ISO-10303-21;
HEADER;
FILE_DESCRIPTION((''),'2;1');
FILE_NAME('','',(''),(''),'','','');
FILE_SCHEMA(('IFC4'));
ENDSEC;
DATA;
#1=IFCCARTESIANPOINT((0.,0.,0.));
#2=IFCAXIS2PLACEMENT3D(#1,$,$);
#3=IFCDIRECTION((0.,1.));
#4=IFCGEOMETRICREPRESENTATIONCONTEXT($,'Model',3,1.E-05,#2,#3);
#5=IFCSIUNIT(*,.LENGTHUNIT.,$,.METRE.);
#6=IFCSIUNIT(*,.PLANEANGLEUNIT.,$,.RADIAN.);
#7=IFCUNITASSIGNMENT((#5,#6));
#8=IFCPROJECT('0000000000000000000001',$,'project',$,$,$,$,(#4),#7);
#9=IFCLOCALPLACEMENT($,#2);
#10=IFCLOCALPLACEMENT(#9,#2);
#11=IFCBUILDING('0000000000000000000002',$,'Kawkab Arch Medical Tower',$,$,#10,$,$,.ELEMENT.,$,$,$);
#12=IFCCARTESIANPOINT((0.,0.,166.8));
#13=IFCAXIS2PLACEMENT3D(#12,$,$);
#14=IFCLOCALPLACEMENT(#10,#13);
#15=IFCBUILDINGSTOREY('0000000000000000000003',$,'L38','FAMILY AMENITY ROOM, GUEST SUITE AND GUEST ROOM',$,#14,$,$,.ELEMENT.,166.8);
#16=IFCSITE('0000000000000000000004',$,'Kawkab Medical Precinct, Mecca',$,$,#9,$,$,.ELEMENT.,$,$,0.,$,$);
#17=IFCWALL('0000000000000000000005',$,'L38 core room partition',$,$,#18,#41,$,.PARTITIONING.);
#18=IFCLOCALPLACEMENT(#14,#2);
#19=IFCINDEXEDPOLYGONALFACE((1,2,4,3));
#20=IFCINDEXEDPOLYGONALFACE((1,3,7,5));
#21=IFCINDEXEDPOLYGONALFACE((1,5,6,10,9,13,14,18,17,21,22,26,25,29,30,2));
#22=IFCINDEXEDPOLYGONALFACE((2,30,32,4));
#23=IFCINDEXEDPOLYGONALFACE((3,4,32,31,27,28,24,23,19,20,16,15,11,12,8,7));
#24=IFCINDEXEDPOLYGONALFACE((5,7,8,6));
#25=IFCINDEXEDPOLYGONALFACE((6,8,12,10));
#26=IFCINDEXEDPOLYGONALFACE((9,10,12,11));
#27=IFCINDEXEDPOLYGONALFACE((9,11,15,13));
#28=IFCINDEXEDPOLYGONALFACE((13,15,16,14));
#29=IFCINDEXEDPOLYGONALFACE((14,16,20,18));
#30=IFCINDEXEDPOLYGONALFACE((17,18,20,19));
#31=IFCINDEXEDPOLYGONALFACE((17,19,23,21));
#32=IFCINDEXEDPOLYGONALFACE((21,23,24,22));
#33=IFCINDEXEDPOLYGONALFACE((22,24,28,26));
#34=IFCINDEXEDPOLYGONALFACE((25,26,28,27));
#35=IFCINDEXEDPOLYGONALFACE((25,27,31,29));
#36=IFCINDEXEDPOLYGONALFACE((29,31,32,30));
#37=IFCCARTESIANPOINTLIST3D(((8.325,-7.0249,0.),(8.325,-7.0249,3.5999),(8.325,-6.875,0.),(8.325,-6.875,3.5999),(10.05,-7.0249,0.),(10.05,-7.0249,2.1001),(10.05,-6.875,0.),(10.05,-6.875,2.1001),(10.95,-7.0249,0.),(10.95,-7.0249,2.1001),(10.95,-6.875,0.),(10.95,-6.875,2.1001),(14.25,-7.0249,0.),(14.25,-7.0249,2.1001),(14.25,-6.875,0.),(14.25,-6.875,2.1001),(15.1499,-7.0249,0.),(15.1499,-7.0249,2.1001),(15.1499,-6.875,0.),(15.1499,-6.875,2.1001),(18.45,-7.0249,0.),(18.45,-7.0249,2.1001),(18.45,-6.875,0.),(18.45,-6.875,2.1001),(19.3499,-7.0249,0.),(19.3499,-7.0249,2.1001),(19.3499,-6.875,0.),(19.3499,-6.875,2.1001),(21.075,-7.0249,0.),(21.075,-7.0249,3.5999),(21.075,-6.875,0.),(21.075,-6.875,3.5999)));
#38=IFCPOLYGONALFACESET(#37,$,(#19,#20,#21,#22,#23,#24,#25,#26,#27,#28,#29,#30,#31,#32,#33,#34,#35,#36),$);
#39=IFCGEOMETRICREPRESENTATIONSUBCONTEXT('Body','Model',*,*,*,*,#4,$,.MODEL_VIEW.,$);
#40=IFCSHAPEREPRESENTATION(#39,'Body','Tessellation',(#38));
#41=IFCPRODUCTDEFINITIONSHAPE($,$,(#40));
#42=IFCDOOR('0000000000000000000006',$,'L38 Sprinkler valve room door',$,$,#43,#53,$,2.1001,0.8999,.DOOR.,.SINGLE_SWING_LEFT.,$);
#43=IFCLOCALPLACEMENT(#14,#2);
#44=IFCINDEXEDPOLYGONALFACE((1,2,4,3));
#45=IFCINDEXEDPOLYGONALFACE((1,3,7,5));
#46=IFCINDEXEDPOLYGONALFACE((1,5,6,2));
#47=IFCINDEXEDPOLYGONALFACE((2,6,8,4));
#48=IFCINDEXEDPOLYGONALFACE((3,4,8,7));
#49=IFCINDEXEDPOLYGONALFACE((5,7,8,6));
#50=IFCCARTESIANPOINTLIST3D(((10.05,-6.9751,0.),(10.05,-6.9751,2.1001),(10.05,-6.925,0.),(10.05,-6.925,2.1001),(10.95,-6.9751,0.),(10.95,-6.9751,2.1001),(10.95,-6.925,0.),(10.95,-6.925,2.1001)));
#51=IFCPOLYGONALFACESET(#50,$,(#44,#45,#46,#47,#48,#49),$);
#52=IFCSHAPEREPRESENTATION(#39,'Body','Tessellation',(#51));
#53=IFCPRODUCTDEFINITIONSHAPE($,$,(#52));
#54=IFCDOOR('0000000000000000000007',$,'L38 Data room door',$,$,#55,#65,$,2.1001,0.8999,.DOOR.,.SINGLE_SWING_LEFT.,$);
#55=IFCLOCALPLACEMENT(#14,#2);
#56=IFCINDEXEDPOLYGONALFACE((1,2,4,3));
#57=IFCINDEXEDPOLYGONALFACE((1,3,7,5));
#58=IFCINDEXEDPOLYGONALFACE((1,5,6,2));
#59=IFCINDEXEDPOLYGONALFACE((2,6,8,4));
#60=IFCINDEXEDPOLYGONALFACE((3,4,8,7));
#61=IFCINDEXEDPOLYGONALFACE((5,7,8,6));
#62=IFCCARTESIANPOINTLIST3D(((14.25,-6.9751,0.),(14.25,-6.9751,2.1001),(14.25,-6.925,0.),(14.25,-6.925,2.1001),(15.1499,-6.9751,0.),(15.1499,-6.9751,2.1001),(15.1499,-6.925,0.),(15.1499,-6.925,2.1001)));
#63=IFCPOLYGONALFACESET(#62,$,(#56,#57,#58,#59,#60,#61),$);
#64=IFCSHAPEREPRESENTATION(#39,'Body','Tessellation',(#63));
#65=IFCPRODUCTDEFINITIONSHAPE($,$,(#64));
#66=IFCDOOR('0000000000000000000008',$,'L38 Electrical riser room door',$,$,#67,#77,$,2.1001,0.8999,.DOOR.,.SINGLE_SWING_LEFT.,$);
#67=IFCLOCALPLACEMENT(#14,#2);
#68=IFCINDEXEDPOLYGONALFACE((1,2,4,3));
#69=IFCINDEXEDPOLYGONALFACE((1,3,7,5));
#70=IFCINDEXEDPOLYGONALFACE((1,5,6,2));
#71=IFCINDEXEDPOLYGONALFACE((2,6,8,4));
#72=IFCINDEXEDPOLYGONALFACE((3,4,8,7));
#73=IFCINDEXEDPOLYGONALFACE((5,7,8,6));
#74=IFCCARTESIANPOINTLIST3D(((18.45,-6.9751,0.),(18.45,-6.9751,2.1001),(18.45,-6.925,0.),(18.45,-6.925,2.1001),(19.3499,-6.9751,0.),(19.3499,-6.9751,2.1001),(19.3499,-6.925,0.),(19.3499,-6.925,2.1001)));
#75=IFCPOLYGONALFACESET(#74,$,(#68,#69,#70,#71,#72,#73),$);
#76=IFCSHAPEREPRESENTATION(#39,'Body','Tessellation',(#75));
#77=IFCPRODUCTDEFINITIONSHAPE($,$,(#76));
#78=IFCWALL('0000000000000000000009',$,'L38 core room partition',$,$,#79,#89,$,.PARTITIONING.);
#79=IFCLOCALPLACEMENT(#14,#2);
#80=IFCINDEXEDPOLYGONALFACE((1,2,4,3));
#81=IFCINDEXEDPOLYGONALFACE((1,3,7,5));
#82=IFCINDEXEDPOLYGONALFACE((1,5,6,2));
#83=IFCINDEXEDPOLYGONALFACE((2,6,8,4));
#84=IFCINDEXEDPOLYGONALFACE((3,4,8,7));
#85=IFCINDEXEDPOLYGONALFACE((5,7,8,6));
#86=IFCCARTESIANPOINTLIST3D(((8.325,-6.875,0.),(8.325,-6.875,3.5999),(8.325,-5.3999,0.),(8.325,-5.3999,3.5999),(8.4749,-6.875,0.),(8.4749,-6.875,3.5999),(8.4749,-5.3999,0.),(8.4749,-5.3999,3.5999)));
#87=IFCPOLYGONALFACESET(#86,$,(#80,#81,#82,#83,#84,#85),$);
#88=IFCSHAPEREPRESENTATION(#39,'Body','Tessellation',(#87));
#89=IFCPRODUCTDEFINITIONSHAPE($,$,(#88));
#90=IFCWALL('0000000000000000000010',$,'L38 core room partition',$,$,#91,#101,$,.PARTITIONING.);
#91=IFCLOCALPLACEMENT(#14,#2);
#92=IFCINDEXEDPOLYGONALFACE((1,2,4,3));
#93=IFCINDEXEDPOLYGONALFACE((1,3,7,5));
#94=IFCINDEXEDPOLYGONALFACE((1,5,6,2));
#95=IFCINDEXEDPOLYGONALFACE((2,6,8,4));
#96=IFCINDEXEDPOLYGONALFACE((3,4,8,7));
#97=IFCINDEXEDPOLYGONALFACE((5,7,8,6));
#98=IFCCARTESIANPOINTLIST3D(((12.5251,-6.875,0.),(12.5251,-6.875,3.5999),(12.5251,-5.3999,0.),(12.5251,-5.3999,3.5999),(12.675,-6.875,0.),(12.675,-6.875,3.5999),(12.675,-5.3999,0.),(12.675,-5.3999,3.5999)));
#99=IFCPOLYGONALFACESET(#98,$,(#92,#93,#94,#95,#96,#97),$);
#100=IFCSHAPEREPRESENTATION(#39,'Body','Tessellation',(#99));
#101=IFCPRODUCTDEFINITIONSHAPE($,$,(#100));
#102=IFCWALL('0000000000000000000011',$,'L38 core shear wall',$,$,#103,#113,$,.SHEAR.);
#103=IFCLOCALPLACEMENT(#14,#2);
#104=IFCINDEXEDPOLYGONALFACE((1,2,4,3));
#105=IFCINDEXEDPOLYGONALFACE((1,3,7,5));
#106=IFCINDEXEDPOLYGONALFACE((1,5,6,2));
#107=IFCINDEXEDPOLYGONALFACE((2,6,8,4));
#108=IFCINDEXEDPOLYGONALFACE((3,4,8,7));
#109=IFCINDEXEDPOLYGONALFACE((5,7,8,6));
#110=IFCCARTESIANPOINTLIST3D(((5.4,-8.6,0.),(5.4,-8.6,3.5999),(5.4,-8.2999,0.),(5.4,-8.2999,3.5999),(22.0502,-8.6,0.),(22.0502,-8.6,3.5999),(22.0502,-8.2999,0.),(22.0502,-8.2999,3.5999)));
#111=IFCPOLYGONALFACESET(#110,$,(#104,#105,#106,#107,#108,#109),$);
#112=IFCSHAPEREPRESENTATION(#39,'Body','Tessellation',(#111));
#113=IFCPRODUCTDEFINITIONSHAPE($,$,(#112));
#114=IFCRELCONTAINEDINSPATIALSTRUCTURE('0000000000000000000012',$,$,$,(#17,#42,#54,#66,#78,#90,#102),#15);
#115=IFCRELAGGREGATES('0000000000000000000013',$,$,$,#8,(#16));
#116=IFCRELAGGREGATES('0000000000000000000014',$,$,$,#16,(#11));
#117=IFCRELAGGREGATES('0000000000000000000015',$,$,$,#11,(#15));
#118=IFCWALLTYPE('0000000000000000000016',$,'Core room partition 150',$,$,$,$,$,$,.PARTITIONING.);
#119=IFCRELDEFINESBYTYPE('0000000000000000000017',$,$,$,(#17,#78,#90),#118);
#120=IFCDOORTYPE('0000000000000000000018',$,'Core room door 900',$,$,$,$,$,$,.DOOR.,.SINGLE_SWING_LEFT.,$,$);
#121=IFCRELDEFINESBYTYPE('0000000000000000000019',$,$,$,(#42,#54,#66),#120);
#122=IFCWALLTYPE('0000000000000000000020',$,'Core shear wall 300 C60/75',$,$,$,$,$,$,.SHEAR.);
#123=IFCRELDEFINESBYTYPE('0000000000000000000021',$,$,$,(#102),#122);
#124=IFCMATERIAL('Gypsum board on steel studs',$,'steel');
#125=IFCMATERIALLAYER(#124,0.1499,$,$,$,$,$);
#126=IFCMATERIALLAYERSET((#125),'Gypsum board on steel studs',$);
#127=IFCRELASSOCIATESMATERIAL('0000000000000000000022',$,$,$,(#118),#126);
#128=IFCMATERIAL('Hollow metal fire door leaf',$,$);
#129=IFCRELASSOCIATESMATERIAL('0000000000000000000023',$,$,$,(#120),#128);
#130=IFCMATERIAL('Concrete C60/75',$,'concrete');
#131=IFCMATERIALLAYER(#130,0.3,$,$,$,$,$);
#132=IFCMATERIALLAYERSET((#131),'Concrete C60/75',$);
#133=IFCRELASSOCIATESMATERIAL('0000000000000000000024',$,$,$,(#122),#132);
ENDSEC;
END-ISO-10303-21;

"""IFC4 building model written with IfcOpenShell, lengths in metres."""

from ifc_helpers import new_model, si_unit, direction, frame, frame_2d, origin, place, context, subcontext, project, spatial, rectangle, extrude, material, layer, layer_set, type_object, element, fill, save


model = new_model("IFC4")

# Units and contexts
model_context = context("Model", 3, precision=1e-05, world=origin(), true_north=direction((0.0, 1.0)))
body_context = subcontext(model_context, "Body", "Model", "MODEL_VIEW")
ifc_project = project(units=[si_unit("LENGTHUNIT", "METRE"), si_unit("PLANEANGLEUNIT", "RADIAN")], contexts=[model_context])

# Site, building, storey
site_placement = place(None, origin())
site = spatial("IfcSite", under=ifc_project, at=site_placement, Name="Kawkab Medical Precinct, Mecca", CompositionType="ELEMENT", RefElevation=0.0)
building_placement = place(site_placement, origin())
building = spatial("IfcBuilding", under=site, at=building_placement, Name="Kawkab Arch Medical Tower", CompositionType="ELEMENT")
storey_placement = place(building_placement, frame((0.0, 0.0, 166.8)))
storey = spatial("IfcBuildingStorey", under=building, at=storey_placement, Name="L38", Description="FAMILY AMENITY ROOM, GUEST SUITE AND GUEST ROOM", CompositionType="ELEMENT", Elevation=166.8)

# Wall, openings, doors
ifc_material_1 = material(Name="Gypsum board on steel studs", Category="steel")
ifc_layer_1 = layer(ifc_material_1, 0.1499)
ifc_layer_set_1 = layer_set([ifc_layer_1], Name="Gypsum board on steel studs")
wall_type_1 = type_object("IfcWallType", Name="Core room partition 150", PredefinedType="PARTITIONING", material=ifc_layer_set_1)
wall_1_placement = place(storey_placement, frame((8.325, -6.95, 0.0), z_axis=(0.0, 0.0, 1.0), x_axis=(1.0, 0.0, 0.0)))
wall_1 = element("IfcWall", 1, at=wall_1_placement, inside=storey, type_object=wall_type_1, Name="L38 core room partition", PredefinedType="PARTITIONING", context=body_context, shape_type="SweptSolid", body=[
    extrude(rectangle(XDim=12.75, YDim=0.1499, at=frame_2d((6.375, 0.0))), origin(), (0.0, 0.0, 1.0), 3.5999),
])
opening_1_placement = place(wall_1_placement, frame((1.7251, 0.0, 0.0)))
opening_1 = element("IfcOpeningElement", 2, at=opening_1_placement, cuts=wall_1, PredefinedType="OPENING", context=body_context, shape_type="SweptSolid", body=[
    extrude(rectangle(XDim=0.8999, YDim=2.1001, at=frame_2d((0.45, 1.05))), frame((0.0, 0.085, 0.0), z_axis=(0.0, -1.0, 0.0), x_axis=(1.0, 0.0, 0.0)), (0.0, 0.0, 1.0), 0.1699),
])
opening_2_placement = place(wall_1_placement, frame((5.925, 0.0, 0.0)))
opening_2 = element("IfcOpeningElement", 3, at=opening_2_placement, cuts=wall_1, PredefinedType="OPENING", context=body_context, shape_type="SweptSolid", body=[
    extrude(rectangle(XDim=0.8999, YDim=2.1001, at=frame_2d((0.45, 1.05))), frame((0.0, 0.085, 0.0), z_axis=(0.0, -1.0, 0.0), x_axis=(1.0, 0.0, 0.0)), (0.0, 0.0, 1.0), 0.1699),
])
opening_3_placement = place(wall_1_placement, frame((10.125, 0.0, 0.0)))
opening_3 = element("IfcOpeningElement", 4, at=opening_3_placement, cuts=wall_1, PredefinedType="OPENING", context=body_context, shape_type="SweptSolid", body=[
    extrude(rectangle(XDim=0.8999, YDim=2.1001, at=frame_2d((0.45, 1.05))), frame((0.0, 0.085, 0.0), z_axis=(0.0, -1.0, 0.0), x_axis=(1.0, 0.0, 0.0)), (0.0, 0.0, 1.0), 0.1699),
])
ifc_material_2 = material(Name="Hollow metal fire door leaf")
door_type_1 = type_object("IfcDoorType", Name="Core room door 900", OperationType="SINGLE_SWING_LEFT", PredefinedType="DOOR", material=ifc_material_2)
door_1_placement = place(opening_1_placement, origin())
door_1 = element("IfcDoor", 5, at=door_1_placement, inside=storey, type_object=door_type_1, Name="L38 Sprinkler valve room door", OperationType="SINGLE_SWING_LEFT", OverallHeight=2.1001, OverallWidth=0.8999, PredefinedType="DOOR", context=body_context, shape_type="SweptSolid", body=[
    extrude(rectangle(XDim=0.8999, YDim=2.1001, at=frame_2d((0.45, 1.05))), frame((0.0, 0.0249, 0.0), z_axis=(0.0, -1.0, 0.0), x_axis=(1.0, 0.0, 0.0)), (0.0, 0.0, 1.0), 0.05),
])
fill(opening_1, door_1)
door_2_placement = place(opening_2_placement, origin())
door_2 = element("IfcDoor", 6, at=door_2_placement, inside=storey, type_object=door_type_1, Name="L38 Data room door", OperationType="SINGLE_SWING_LEFT", OverallHeight=2.1001, OverallWidth=0.8999, PredefinedType="DOOR", context=body_context, shape_type="SweptSolid", body=[
    extrude(rectangle(XDim=0.8999, YDim=2.1001, at=frame_2d((0.45, 1.05))), frame((0.0, 0.0249, 0.0), z_axis=(0.0, -1.0, 0.0), x_axis=(1.0, 0.0, 0.0)), (0.0, 0.0, 1.0), 0.05),
])
fill(opening_2, door_2)
door_3_placement = place(opening_3_placement, origin())
door_3 = element("IfcDoor", 7, at=door_3_placement, inside=storey, type_object=door_type_1, Name="L38 Electrical riser room door", OperationType="SINGLE_SWING_LEFT", OverallHeight=2.1001, OverallWidth=0.8999, PredefinedType="DOOR", context=body_context, shape_type="SweptSolid", body=[
    extrude(rectangle(XDim=0.8999, YDim=2.1001, at=frame_2d((0.45, 1.05))), frame((0.0, 0.0249, 0.0), z_axis=(0.0, -1.0, 0.0), x_axis=(1.0, 0.0, 0.0)), (0.0, 0.0, 1.0), 0.05),
])
fill(opening_3, door_3)

# Walls
for number, where, z_axis, x_axis, name in (
    (8, (8.3999, -6.875, 0.0), (0.0, 0.0, 1.0), (0.0, 1.0, 0.0), "L38 core room partition"),
    (9, (12.6001, -6.875, 0.0), (0.0, 0.0, 1.0), (0.0, 1.0, 0.0), "L38 core room partition"),
):
    element("IfcWall", number, at=place(storey_placement, frame(where, z_axis=z_axis, x_axis=x_axis)), inside=storey, type_object=wall_type_1, Name=name, PredefinedType="PARTITIONING", context=body_context, shape_type="SweptSolid", body=[
        extrude(rectangle(XDim=1.4751, YDim=0.1499, at=frame_2d((0.7375, 0.0))), origin(), (0.0, 0.0, 1.0), 3.5999),
    ])
ifc_material_3 = material(Name="Concrete C60/75", Category="concrete")
ifc_layer_2 = layer(ifc_material_3, 0.3)
ifc_layer_set_2 = layer_set([ifc_layer_2], Name="Concrete C60/75")
wall_type_2 = type_object("IfcWallType", Name="Core shear wall 300 C60/75", PredefinedType="SHEAR", material=ifc_layer_set_2)
wall_2_placement = place(storey_placement, frame((5.3999, -8.45, 0.0), z_axis=(0.0, 0.0, 1.0), x_axis=(1.0, 0.0, 0.0)))
element("IfcWall", 10, at=wall_2_placement, inside=storey, type_object=wall_type_2, Name="L38 core shear wall", PredefinedType="SHEAR", context=body_context, shape_type="SweptSolid", body=[
    extrude(rectangle(XDim=16.6501, YDim=0.3, at=frame_2d((8.3252, 0.0))), origin(), (0.0, 0.0, 1.0), 3.5999),
])

save(model, "model.ifc")
